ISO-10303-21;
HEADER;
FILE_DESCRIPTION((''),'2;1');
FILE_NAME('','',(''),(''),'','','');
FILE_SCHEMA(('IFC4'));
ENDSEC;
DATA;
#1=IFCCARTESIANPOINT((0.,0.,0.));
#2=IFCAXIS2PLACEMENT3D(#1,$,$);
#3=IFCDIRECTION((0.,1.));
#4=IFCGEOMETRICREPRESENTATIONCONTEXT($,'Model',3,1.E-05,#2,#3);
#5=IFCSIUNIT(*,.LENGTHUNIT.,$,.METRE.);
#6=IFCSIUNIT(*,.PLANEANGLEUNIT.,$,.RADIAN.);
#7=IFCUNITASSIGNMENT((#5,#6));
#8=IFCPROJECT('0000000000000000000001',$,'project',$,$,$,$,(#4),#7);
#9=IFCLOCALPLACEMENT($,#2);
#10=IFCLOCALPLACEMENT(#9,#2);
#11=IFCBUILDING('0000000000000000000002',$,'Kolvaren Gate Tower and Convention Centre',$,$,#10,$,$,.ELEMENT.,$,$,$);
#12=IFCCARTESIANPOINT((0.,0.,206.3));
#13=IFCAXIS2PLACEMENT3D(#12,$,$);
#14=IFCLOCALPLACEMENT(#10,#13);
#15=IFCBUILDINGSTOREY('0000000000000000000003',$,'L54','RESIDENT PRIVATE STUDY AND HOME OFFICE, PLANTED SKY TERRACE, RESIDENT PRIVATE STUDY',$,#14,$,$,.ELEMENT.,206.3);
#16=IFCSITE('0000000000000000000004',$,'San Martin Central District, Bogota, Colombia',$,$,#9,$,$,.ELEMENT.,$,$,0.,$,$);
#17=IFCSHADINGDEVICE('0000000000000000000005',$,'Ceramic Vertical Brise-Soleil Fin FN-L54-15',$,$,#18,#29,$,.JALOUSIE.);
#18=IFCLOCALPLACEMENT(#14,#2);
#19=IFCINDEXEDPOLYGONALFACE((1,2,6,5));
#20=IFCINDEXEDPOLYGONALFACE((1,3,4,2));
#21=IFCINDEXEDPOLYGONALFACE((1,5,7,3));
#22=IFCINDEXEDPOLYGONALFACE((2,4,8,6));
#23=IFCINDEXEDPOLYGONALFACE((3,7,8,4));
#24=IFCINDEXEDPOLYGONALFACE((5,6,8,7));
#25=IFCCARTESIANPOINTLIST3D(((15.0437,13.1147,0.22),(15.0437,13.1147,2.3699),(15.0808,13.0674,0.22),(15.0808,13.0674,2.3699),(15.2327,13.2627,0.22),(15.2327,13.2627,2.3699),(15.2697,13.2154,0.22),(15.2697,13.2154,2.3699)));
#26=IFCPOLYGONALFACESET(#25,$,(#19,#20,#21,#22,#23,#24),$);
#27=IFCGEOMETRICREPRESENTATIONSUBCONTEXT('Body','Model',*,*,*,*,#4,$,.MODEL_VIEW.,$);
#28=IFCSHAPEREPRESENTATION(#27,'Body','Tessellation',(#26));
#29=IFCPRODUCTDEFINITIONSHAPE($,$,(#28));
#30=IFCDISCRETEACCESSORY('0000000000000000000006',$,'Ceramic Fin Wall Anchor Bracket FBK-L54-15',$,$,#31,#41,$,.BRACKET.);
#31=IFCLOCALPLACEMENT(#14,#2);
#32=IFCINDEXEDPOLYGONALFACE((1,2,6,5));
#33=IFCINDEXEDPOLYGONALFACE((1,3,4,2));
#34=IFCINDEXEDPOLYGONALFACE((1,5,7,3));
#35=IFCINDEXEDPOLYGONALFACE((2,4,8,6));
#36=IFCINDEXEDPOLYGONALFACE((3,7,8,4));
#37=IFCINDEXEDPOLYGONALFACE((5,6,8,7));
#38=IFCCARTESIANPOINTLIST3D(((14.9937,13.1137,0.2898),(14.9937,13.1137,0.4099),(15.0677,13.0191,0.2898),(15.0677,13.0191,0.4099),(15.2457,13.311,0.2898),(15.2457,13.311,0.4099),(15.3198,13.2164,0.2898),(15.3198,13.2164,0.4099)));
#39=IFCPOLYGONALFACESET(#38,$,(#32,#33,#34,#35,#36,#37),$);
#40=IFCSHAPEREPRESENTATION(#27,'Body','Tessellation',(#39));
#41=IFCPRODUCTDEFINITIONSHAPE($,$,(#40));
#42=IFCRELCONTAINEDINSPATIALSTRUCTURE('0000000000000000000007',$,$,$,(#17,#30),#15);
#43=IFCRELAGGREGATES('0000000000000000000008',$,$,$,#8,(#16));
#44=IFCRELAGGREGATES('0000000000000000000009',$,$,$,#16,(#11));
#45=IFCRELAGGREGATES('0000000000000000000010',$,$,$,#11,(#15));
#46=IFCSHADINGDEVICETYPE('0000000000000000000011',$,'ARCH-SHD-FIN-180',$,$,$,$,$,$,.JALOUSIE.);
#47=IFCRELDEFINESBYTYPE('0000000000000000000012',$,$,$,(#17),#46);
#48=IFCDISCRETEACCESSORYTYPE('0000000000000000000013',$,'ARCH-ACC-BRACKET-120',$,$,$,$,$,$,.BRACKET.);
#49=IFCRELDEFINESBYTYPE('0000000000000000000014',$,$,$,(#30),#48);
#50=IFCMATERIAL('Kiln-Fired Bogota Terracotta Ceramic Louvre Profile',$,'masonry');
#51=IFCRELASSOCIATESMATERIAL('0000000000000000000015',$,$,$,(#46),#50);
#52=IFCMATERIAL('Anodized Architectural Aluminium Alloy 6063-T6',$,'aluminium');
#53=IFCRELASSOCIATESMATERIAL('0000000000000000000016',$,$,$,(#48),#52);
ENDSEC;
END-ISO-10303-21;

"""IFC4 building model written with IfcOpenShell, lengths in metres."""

from ifc_helpers import new_model, si_unit, direction, frame, origin, origin_2d, place, context, subcontext, project, spatial, rectangle, extrude, material, type_object, element, save


model = new_model("IFC4")

# Units and contexts
model_context = context("Model", 3, precision=1e-05, world=origin(), true_north=direction((0.0, 1.0)))
body_context = subcontext(model_context, "Body", "Model", "MODEL_VIEW")
ifc_project = project(units=[si_unit("LENGTHUNIT", "METRE"), si_unit("PLANEANGLEUNIT", "RADIAN")], contexts=[model_context])

# Site, building, storey
site_placement = place(None, origin())
site = spatial("IfcSite", under=ifc_project, at=site_placement, Name="San Martin Central District, Bogota, Colombia", CompositionType="ELEMENT", RefElevation=0.0)
building_placement = place(site_placement, origin())
building = spatial("IfcBuilding", under=site, at=building_placement, Name="Kolvaren Gate Tower and Convention Centre", CompositionType="ELEMENT")
storey_placement = place(building_placement, frame((0.0, 0.0, 206.3)))
storey = spatial("IfcBuildingStorey", under=building, at=storey_placement, Name="L54", Description="RESIDENT PRIVATE STUDY AND HOME OFFICE, PLANTED SKY TERRACE, RESIDENT PRIVATE STUDY", CompositionType="ELEMENT", Elevation=206.3)

# Shared definitions
ifc_material_1 = material(Name="Anodized Architectural Aluminium Alloy 6063-T6", Category="aluminium")

# Shading device
ifc_material_2 = material(Name="Kiln-Fired Bogota Terracotta Ceramic Louvre Profile", Category="masonry")
shading_device_type = type_object("IfcShadingDeviceType", Name="ARCH-SHD-FIN-180", PredefinedType="JALOUSIE", material=ifc_material_2)
shading_device_placement = place(storey_placement, frame((15.1567, 13.165, 0.22), z_axis=(0.0, 0.0, 1.0), x_axis=(0.616434, -0.787406, 0.0)))
element("IfcShadingDevice", 1, at=shading_device_placement, inside=storey, type_object=shading_device_type, Name="Ceramic Vertical Brise-Soleil Fin FN-L54-15", PredefinedType="JALOUSIE", context=body_context, shape_type="SweptSolid", body=[
    extrude(rectangle(XDim=0.0601, YDim=0.24, at=origin_2d()), origin(), (0.0, 0.0, 1.0), 2.1499),
])

# Discrete accessory
discrete_accessory_type = type_object("IfcDiscreteAccessoryType", Name="ARCH-ACC-BRACKET-120", PredefinedType="BRACKET", material=ifc_material_1)
discrete_accessory_placement = place(storey_placement, frame((15.1567, 13.165, 0.2898), z_axis=(0.0, 0.0, 1.0), x_axis=(0.616434, -0.787406, 0.0)))
element("IfcDiscreteAccessory", 2, at=discrete_accessory_placement, inside=storey, type_object=discrete_accessory_type, Name="Ceramic Fin Wall Anchor Bracket FBK-L54-15", PredefinedType="BRACKET", context=body_context, shape_type="SweptSolid", body=[
    extrude(rectangle(XDim=0.1201, YDim=0.3201, at=origin_2d()), origin(), (0.0, 0.0, 1.0), 0.1201),
])

save(model, "model.ifc")
